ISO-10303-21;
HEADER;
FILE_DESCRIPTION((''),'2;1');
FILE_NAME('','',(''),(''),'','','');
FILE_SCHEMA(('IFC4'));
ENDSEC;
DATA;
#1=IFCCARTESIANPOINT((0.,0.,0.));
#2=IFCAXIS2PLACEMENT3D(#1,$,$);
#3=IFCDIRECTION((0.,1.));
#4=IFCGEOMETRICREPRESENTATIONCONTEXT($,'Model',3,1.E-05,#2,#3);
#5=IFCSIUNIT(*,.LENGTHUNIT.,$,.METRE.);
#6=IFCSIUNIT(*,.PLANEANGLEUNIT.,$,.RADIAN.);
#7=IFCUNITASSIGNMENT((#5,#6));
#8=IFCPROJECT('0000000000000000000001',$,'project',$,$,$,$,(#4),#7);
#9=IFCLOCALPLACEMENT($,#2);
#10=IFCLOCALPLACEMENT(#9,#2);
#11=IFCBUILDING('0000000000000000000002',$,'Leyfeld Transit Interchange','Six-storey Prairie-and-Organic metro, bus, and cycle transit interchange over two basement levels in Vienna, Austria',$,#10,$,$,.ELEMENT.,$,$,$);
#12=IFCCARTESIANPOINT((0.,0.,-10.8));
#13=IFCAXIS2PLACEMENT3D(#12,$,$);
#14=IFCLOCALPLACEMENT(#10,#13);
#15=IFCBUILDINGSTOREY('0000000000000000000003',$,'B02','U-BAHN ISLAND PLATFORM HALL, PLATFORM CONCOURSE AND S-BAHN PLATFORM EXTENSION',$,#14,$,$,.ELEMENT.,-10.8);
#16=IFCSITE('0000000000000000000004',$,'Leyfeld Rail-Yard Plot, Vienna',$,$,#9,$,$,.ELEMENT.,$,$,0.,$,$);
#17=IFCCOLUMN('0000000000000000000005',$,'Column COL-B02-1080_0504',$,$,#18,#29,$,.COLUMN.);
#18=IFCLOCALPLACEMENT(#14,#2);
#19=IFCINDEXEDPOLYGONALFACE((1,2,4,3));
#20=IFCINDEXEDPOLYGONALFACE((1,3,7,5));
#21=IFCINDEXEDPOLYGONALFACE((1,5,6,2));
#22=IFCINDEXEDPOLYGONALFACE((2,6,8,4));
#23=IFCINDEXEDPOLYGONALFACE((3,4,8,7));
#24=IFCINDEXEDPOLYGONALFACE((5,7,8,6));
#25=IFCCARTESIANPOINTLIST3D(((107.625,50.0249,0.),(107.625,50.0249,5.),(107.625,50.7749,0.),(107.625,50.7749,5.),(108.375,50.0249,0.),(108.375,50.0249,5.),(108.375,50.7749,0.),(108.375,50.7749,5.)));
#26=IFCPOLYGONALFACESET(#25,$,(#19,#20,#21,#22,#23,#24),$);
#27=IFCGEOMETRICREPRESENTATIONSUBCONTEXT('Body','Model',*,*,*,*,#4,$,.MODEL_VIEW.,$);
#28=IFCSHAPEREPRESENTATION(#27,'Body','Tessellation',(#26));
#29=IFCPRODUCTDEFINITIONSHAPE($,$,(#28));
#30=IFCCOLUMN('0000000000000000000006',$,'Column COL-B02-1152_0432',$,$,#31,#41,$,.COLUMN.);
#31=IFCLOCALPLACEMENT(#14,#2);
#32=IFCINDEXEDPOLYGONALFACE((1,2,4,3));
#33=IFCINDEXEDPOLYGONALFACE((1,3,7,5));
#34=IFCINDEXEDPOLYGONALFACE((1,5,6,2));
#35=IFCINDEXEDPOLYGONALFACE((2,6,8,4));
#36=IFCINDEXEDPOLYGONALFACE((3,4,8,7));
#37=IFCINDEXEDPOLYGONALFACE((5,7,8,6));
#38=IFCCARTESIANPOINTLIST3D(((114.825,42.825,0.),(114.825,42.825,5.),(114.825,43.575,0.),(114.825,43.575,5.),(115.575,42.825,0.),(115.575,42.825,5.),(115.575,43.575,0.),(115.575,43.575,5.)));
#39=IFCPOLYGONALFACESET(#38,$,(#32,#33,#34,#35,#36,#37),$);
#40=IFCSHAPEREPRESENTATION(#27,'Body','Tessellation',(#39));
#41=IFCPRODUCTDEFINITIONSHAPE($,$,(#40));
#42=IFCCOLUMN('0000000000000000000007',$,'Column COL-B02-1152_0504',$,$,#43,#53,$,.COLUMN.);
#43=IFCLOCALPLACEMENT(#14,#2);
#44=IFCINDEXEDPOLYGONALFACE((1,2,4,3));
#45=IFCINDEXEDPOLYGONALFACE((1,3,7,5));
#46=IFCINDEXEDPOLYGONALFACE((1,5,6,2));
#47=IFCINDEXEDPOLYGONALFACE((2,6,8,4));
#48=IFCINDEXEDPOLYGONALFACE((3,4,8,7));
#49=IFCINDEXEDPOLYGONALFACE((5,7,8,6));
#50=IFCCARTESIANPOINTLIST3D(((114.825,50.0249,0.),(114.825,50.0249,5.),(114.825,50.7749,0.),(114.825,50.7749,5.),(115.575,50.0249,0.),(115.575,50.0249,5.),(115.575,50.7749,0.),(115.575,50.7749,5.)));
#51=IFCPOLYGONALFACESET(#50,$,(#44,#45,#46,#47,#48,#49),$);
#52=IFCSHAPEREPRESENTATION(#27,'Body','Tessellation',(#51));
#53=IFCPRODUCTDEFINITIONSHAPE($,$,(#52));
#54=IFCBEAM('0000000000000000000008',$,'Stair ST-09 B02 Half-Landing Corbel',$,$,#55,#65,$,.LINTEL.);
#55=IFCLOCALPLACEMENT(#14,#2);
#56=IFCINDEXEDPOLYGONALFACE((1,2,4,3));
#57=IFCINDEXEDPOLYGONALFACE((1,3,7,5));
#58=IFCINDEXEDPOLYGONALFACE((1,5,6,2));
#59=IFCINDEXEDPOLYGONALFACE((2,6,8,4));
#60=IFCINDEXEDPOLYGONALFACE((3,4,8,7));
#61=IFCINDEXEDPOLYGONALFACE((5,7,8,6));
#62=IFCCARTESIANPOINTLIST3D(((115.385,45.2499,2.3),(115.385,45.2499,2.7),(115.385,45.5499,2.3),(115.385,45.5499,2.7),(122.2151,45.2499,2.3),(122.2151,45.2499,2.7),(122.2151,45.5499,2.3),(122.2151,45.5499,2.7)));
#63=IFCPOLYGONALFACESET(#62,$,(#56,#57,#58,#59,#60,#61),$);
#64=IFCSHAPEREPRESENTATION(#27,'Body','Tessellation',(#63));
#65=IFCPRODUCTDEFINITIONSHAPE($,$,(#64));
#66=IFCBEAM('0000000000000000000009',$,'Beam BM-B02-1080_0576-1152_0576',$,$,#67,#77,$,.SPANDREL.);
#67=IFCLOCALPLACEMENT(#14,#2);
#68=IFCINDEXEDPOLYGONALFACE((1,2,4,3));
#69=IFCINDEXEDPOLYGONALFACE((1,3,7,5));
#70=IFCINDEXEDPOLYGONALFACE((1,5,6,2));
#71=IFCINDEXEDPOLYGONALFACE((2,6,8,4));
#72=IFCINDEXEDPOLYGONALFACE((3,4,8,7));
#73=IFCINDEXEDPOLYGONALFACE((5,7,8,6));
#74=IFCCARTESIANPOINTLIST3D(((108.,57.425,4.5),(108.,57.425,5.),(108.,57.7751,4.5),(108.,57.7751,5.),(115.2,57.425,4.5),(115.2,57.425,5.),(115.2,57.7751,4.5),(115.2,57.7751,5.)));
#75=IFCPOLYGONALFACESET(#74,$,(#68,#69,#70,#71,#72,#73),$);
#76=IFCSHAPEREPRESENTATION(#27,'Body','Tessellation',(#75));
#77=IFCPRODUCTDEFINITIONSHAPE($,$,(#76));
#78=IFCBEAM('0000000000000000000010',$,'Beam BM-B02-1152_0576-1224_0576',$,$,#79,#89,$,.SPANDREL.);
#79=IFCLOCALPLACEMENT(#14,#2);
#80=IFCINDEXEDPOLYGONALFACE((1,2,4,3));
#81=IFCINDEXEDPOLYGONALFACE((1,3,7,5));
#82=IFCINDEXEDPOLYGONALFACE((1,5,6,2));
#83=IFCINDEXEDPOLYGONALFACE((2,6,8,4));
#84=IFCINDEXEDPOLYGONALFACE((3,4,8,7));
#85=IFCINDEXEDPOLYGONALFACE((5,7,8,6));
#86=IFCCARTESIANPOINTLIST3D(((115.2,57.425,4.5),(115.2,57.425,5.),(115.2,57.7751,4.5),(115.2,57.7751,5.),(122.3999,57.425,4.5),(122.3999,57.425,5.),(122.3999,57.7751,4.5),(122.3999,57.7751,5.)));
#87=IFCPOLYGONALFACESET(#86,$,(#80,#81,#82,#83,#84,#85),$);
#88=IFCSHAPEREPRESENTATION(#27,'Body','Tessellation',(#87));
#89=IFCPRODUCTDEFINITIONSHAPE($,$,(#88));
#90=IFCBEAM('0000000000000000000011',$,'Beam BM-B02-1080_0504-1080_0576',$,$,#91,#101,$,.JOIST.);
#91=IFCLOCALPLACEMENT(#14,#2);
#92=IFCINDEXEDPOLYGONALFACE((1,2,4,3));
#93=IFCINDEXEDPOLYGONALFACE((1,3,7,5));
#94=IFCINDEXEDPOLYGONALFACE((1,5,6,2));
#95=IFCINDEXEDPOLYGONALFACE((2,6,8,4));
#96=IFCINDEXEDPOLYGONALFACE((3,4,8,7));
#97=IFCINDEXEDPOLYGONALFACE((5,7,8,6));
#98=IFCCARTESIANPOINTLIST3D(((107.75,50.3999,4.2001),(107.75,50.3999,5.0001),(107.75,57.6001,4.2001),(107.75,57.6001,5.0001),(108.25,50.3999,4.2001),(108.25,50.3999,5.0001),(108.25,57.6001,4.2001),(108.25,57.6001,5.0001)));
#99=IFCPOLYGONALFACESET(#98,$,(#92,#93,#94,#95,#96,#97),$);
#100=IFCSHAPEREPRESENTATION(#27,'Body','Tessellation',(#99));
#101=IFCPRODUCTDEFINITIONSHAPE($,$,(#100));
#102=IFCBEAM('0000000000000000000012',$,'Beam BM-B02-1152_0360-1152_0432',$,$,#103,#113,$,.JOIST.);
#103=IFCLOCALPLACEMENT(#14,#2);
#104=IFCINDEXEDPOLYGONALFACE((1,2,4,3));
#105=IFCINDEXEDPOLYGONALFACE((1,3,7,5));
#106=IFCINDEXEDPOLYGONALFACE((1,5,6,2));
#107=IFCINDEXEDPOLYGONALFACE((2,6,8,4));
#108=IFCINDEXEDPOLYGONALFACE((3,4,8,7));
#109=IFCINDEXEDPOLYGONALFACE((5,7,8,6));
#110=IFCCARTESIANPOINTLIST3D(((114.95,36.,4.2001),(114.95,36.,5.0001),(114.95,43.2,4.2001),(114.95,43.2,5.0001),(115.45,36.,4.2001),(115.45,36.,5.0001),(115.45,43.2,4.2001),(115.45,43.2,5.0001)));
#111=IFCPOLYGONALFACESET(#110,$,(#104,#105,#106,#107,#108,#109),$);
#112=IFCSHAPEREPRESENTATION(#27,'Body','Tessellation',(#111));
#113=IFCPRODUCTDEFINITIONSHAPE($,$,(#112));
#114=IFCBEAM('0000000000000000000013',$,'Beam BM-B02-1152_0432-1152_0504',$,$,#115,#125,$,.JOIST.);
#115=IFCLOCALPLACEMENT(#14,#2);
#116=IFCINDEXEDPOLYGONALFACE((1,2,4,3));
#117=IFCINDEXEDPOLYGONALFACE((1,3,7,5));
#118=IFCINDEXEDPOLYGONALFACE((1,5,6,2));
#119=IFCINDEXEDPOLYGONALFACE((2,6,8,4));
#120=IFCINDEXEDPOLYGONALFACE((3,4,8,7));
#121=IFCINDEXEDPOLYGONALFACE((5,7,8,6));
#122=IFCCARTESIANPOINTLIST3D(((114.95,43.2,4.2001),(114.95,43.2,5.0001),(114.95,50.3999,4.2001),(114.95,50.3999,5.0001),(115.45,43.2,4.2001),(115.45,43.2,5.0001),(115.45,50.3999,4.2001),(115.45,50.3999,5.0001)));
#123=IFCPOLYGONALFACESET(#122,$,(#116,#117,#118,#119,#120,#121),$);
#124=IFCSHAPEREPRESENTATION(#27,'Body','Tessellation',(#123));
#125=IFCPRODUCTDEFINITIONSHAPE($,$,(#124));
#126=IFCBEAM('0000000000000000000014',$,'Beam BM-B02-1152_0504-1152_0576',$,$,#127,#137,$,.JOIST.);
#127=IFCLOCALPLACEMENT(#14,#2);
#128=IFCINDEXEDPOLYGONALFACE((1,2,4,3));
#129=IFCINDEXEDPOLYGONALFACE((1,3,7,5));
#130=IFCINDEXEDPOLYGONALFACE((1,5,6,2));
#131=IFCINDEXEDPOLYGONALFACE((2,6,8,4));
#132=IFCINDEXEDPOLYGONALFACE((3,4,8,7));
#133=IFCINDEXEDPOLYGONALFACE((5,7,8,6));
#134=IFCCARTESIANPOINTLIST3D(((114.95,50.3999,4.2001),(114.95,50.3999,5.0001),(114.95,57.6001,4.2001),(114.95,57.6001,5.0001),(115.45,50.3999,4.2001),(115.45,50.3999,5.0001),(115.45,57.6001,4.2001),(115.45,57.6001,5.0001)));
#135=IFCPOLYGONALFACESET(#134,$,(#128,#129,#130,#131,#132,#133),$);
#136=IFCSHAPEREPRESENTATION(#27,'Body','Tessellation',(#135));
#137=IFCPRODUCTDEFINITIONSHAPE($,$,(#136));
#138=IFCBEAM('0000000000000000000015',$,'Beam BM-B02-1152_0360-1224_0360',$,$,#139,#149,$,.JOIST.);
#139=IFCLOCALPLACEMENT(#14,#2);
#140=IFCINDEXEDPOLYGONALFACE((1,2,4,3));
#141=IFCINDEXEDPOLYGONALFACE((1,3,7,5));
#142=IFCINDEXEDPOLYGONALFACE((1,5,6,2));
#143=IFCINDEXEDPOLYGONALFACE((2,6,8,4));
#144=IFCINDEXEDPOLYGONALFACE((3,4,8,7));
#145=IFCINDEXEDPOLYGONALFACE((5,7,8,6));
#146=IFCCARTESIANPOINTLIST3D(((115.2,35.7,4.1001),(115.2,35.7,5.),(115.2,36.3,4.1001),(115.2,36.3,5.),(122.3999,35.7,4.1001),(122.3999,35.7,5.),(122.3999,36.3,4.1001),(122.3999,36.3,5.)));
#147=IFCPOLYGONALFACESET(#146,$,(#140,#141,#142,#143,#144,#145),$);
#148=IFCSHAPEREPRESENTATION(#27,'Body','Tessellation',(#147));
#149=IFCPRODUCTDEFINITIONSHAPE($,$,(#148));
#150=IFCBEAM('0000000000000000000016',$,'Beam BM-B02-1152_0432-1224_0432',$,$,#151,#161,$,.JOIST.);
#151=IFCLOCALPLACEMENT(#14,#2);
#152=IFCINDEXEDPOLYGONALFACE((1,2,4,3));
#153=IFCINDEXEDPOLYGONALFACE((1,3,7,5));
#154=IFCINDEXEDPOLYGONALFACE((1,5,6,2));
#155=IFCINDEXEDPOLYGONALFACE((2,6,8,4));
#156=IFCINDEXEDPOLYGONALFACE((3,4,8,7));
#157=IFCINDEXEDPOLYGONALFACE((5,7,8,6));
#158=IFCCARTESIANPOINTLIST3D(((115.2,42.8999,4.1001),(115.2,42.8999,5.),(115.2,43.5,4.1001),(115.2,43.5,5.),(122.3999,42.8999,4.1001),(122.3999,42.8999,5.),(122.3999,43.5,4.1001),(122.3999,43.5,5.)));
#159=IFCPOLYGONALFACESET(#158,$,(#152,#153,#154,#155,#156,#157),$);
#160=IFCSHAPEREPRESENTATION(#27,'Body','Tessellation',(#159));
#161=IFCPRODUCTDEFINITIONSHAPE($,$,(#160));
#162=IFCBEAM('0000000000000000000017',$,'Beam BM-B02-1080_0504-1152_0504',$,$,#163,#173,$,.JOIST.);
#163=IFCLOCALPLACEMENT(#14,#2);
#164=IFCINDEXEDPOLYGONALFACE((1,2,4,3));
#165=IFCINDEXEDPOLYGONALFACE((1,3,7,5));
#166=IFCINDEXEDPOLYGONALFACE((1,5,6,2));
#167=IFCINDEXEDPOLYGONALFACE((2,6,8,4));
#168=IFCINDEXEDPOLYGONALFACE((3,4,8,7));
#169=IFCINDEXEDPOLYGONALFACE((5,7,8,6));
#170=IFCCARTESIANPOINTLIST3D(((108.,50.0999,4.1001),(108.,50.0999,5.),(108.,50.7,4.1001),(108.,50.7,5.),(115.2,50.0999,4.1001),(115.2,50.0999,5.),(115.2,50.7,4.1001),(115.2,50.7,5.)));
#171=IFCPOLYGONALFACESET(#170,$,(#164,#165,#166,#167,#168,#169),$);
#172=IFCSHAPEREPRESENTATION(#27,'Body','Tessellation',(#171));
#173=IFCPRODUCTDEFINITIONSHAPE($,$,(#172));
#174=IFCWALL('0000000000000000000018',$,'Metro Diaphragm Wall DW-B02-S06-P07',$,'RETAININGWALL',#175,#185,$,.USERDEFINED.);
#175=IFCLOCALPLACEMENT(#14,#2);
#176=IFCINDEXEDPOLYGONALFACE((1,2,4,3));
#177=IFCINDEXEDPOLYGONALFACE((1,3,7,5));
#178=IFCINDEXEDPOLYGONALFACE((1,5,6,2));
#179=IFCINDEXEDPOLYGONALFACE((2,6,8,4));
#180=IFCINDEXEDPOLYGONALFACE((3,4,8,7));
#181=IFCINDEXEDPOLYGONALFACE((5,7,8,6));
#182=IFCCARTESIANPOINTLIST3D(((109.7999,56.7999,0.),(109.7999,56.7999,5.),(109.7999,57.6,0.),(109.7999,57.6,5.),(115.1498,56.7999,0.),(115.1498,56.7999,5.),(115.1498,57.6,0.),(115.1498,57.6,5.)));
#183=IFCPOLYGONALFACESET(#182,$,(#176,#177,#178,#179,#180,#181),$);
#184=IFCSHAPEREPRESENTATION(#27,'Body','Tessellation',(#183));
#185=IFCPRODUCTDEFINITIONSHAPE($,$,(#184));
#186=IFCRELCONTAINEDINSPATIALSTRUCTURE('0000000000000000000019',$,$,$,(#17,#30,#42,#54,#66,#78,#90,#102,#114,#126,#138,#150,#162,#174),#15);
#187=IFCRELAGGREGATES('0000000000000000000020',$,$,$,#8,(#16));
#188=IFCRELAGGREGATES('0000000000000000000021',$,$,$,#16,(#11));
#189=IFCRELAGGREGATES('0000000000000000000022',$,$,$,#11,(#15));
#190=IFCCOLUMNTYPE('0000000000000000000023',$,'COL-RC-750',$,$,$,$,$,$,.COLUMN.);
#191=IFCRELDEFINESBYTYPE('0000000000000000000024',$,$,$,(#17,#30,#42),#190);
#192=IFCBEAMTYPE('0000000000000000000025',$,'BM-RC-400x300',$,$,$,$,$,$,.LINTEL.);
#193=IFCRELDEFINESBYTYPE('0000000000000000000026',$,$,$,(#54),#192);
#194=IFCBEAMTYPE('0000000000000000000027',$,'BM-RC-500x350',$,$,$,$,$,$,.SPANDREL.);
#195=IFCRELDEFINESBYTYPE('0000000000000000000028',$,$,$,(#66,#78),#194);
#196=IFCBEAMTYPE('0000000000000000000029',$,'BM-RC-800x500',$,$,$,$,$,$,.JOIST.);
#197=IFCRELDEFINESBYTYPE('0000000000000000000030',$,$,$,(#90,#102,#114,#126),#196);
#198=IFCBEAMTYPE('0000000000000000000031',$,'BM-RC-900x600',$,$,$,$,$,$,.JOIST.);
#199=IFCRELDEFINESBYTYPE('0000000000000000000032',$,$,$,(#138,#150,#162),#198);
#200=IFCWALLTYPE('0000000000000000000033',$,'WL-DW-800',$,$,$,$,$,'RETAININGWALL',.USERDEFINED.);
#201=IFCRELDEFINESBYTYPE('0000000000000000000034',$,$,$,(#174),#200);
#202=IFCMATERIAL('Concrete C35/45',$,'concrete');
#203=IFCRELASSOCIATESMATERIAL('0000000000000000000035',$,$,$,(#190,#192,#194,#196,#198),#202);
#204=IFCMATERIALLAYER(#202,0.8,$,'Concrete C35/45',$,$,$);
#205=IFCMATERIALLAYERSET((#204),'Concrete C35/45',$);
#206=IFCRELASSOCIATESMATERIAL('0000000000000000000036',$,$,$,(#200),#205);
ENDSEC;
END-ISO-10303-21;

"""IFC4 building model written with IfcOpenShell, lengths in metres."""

from ifc_helpers import new_model, si_unit, direction, frame, frame_2d, origin, origin_2d, place, context, subcontext, project, spatial, rectangle, extrude, material, layer, layer_set, material_profile, profile_set, type_object, element, save


model = new_model("IFC4")

# Units and contexts
model_context = context("Model", 3, precision=1e-05, world=origin(), true_north=direction((0.0, 1.0)))
body_context = subcontext(model_context, "Body", "Model", "MODEL_VIEW")
ifc_project = project(units=[si_unit("LENGTHUNIT", "METRE"), si_unit("PLANEANGLEUNIT", "RADIAN")], contexts=[model_context])

# Site, building, storey
site_placement = place(None, origin())
site = spatial("IfcSite", under=ifc_project, at=site_placement, Name="Leyfeld Rail-Yard Plot, Vienna", CompositionType="ELEMENT", RefElevation=0.0)
building_placement = place(site_placement, origin())
building = spatial("IfcBuilding", under=site, at=building_placement, Name="Leyfeld Transit Interchange", Description="Six-storey Prairie-and-Organic metro, bus, and cycle transit interchange over two basement levels in Vienna, Austria", CompositionType="ELEMENT")
storey_placement = place(building_placement, frame((0.0, 0.0, -10.8)))
storey = spatial("IfcBuildingStorey", under=building, at=storey_placement, Name="B02", Description="U-BAHN ISLAND PLATFORM HALL, PLATFORM CONCOURSE AND S-BAHN PLATFORM EXTENSION", CompositionType="ELEMENT", Elevation=-10.8)

# Shared definitions
ifc_material_1 = material(Name="Concrete C35/45", Category="concrete")

# Columns
ifc_material_profile_1 = material_profile(ifc_material_1, rectangle(XDim=0.75, YDim=0.75, at=origin_2d()), Name="RC 750x750")
ifc_profile_set_1 = profile_set([ifc_material_profile_1], Name="Concrete C35/45")
column_type_1 = type_object("IfcColumnType", Name="COL-RC-750", PredefinedType="COLUMN", material=ifc_profile_set_1)
for number, where, z_axis, x_axis, name in (
    (1, (108.0, 50.3999, 0.0), (0.0, 0.0, 1.0), (1.0, 0.0, 0.0), "Column COL-B02-1080_0504"),
    (2, (115.2, 43.2, 0.0), (0.0, 0.0, 1.0), (1.0, 0.0, 0.0), "Column COL-B02-1152_0432"),
    (3, (115.2, 50.3999, 0.0), (0.0, 0.0, 1.0), (1.0, 0.0, 0.0), "Column COL-B02-1152_0504"),
):
    element("IfcColumn", number, at=place(storey_placement, frame(where, z_axis=z_axis, x_axis=x_axis)), inside=storey, type_object=column_type_1, Name=name, PredefinedType="COLUMN", context=body_context, shape_type="SweptSolid", body=[
        extrude(rectangle(XDim=0.75, YDim=0.75, at=origin_2d()), origin(), (0.0, 0.0, 1.0), 5.0),
    ])

# Beams
ifc_material_profile_2 = material_profile(ifc_material_1, rectangle(XDim=0.3, YDim=0.3999, at=origin_2d()), Name="RC 400x300")
ifc_profile_set_2 = profile_set([ifc_material_profile_2], Name="Concrete C35/45")
beam_type_1 = type_object("IfcBeamType", Name="BM-RC-400x300", PredefinedType="LINTEL", material=ifc_profile_set_2)
beam_1_placement = place(storey_placement, frame((115.385, 45.3999, 2.5), z_axis=(1.0, 0.0, 0.0), x_axis=(0.0, 1.0, 0.0)))
element("IfcBeam", 4, at=beam_1_placement, inside=storey, type_object=beam_type_1, Name="Stair ST-09 B02 Half-Landing Corbel", PredefinedType="LINTEL", context=body_context, shape_type="SweptSolid", body=[
    extrude(rectangle(XDim=0.3, YDim=0.3999, at=origin_2d()), origin(), (0.0, 0.0, 1.0), 6.8301),
])
ifc_material_profile_3 = material_profile(ifc_material_1, rectangle(XDim=0.3501, YDim=0.5, at=origin_2d()), Name="RC 500x350")
ifc_profile_set_3 = profile_set([ifc_material_profile_3], Name="Concrete C35/45")
beam_type_2 = type_object("IfcBeamType", Name="BM-RC-500x350", PredefinedType="SPANDREL", material=ifc_profile_set_3)
for number, where, z_axis, x_axis, name in (
    (5, (108.0, 57.6001, 4.75), (1.0, 0.0, 0.0), (0.0, 1.0, 0.0), "Beam BM-B02-1080_0576-1152_0576"),
    (6, (115.2, 57.6001, 4.75), (1.0, 0.0, 0.0), (0.0, 1.0, 0.0), "Beam BM-B02-1152_0576-1224_0576"),
):
    element("IfcBeam", number, at=place(storey_placement, frame(where, z_axis=z_axis, x_axis=x_axis)), inside=storey, type_object=beam_type_2, Name=name, PredefinedType="SPANDREL", context=body_context, shape_type="SweptSolid", body=[
        extrude(rectangle(XDim=0.3501, YDim=0.5, at=origin_2d()), origin(), (0.0, 0.0, 1.0), 7.2),
    ])
ifc_material_profile_4 = material_profile(ifc_material_1, rectangle(XDim=0.5, YDim=0.8, at=origin_2d()), Name="RC 800x500")
ifc_profile_set_4 = profile_set([ifc_material_profile_4], Name="Concrete C35/45")
beam_type_3 = type_object("IfcBeamType", Name="BM-RC-800x500", PredefinedType="JOIST", material=ifc_profile_set_4)
beam_2_placement = place(storey_placement, frame((108.0, 50.3999, 4.6001), z_axis=(0.0, 1.0, 0.0), x_axis=(-1.0, 0.0, 0.0)))
element("IfcBeam", 7, at=beam_2_placement, inside=storey, type_object=beam_type_3, Name="Beam BM-B02-1080_0504-1080_0576", PredefinedType="JOIST", context=body_context, shape_type="SweptSolid", body=[
    extrude(rectangle(XDim=0.5, YDim=0.8, at=origin_2d()), origin(), (0.0, 0.0, 1.0), 7.2002),
])
for number, where, z_axis, x_axis, name in (
    (8, (115.2, 36.0, 4.6001), (0.0, 1.0, 0.0), (-1.0, 0.0, 0.0), "Beam BM-B02-1152_0360-1152_0432"),
    (9, (115.2, 43.2, 4.6001), (0.0, 1.0, 0.0), (-1.0, 0.0, 0.0), "Beam BM-B02-1152_0432-1152_0504"),
):
    element("IfcBeam", number, at=place(storey_placement, frame(where, z_axis=z_axis, x_axis=x_axis)), inside=storey, type_object=beam_type_3, Name=name, PredefinedType="JOIST", context=body_context, shape_type="SweptSolid", body=[
        extrude(rectangle(XDim=0.5, YDim=0.8, at=origin_2d()), origin(), (0.0, 0.0, 1.0), 7.2),
    ])
beam_3_placement = place(storey_placement, frame((115.2, 50.3999, 4.6001), z_axis=(0.0, 1.0, 0.0), x_axis=(-1.0, 0.0, 0.0)))
element("IfcBeam", 10, at=beam_3_placement, inside=storey, type_object=beam_type_3, Name="Beam BM-B02-1152_0504-1152_0576", PredefinedType="JOIST", context=body_context, shape_type="SweptSolid", body=[
    extrude(rectangle(XDim=0.5, YDim=0.8, at=origin_2d()), origin(), (0.0, 0.0, 1.0), 7.2002),
])
ifc_material_profile_5 = material_profile(ifc_material_1, rectangle(XDim=0.6001, YDim=0.8999, at=origin_2d()), Name="RC 900x600")
ifc_profile_set_5 = profile_set([ifc_material_profile_5], Name="Concrete C35/45")
beam_type_4 = type_object("IfcBeamType", Name="BM-RC-900x600", PredefinedType="JOIST", material=ifc_profile_set_5)
for number, where, z_axis, x_axis, name in (
    (11, (115.2, 36.0, 4.55), (1.0, 0.0, 0.0), (0.0, 1.0, 0.0), "Beam BM-B02-1152_0360-1224_0360"),
    (12, (115.2, 43.2, 4.55), (1.0, 0.0, 0.0), (0.0, 1.0, 0.0), "Beam BM-B02-1152_0432-1224_0432"),
    (13, (108.0, 50.3999, 4.55), (1.0, 0.0, 0.0), (0.0, 1.0, 0.0), "Beam BM-B02-1080_0504-1152_0504"),
):
    element("IfcBeam", number, at=place(storey_placement, frame(where, z_axis=z_axis, x_axis=x_axis)), inside=storey, type_object=beam_type_4, Name=name, PredefinedType="JOIST", context=body_context, shape_type="SweptSolid", body=[
        extrude(rectangle(XDim=0.6001, YDim=0.8999, at=origin_2d()), origin(), (0.0, 0.0, 1.0), 7.2),
    ])

# Wall
ifc_layer_1 = layer(ifc_material_1, 0.8, Name="Concrete C35/45")
ifc_layer_set_1 = layer_set([ifc_layer_1], Name="Concrete C35/45")
wall_type_1 = type_object("IfcWallType", Name="WL-DW-800", ElementType="RETAININGWALL", PredefinedType="USERDEFINED", material=ifc_layer_set_1)
wall_1_placement = place(storey_placement, frame((109.8, 57.2, 0.0), z_axis=(0.0, 0.0, 1.0), x_axis=(1.0, 0.0, 0.0)))
element("IfcWall", 14, at=wall_1_placement, inside=storey, type_object=wall_type_1, Name="Metro Diaphragm Wall DW-B02-S06-P07", ObjectType="RETAININGWALL", PredefinedType="USERDEFINED", context=body_context, shape_type="SweptSolid", body=[
    extrude(rectangle(XDim=5.3499, YDim=0.8, at=frame_2d((2.6748, 0.0))), origin(), (0.0, 0.0, 1.0), 5.0),
])

save(model, "model.ifc")
